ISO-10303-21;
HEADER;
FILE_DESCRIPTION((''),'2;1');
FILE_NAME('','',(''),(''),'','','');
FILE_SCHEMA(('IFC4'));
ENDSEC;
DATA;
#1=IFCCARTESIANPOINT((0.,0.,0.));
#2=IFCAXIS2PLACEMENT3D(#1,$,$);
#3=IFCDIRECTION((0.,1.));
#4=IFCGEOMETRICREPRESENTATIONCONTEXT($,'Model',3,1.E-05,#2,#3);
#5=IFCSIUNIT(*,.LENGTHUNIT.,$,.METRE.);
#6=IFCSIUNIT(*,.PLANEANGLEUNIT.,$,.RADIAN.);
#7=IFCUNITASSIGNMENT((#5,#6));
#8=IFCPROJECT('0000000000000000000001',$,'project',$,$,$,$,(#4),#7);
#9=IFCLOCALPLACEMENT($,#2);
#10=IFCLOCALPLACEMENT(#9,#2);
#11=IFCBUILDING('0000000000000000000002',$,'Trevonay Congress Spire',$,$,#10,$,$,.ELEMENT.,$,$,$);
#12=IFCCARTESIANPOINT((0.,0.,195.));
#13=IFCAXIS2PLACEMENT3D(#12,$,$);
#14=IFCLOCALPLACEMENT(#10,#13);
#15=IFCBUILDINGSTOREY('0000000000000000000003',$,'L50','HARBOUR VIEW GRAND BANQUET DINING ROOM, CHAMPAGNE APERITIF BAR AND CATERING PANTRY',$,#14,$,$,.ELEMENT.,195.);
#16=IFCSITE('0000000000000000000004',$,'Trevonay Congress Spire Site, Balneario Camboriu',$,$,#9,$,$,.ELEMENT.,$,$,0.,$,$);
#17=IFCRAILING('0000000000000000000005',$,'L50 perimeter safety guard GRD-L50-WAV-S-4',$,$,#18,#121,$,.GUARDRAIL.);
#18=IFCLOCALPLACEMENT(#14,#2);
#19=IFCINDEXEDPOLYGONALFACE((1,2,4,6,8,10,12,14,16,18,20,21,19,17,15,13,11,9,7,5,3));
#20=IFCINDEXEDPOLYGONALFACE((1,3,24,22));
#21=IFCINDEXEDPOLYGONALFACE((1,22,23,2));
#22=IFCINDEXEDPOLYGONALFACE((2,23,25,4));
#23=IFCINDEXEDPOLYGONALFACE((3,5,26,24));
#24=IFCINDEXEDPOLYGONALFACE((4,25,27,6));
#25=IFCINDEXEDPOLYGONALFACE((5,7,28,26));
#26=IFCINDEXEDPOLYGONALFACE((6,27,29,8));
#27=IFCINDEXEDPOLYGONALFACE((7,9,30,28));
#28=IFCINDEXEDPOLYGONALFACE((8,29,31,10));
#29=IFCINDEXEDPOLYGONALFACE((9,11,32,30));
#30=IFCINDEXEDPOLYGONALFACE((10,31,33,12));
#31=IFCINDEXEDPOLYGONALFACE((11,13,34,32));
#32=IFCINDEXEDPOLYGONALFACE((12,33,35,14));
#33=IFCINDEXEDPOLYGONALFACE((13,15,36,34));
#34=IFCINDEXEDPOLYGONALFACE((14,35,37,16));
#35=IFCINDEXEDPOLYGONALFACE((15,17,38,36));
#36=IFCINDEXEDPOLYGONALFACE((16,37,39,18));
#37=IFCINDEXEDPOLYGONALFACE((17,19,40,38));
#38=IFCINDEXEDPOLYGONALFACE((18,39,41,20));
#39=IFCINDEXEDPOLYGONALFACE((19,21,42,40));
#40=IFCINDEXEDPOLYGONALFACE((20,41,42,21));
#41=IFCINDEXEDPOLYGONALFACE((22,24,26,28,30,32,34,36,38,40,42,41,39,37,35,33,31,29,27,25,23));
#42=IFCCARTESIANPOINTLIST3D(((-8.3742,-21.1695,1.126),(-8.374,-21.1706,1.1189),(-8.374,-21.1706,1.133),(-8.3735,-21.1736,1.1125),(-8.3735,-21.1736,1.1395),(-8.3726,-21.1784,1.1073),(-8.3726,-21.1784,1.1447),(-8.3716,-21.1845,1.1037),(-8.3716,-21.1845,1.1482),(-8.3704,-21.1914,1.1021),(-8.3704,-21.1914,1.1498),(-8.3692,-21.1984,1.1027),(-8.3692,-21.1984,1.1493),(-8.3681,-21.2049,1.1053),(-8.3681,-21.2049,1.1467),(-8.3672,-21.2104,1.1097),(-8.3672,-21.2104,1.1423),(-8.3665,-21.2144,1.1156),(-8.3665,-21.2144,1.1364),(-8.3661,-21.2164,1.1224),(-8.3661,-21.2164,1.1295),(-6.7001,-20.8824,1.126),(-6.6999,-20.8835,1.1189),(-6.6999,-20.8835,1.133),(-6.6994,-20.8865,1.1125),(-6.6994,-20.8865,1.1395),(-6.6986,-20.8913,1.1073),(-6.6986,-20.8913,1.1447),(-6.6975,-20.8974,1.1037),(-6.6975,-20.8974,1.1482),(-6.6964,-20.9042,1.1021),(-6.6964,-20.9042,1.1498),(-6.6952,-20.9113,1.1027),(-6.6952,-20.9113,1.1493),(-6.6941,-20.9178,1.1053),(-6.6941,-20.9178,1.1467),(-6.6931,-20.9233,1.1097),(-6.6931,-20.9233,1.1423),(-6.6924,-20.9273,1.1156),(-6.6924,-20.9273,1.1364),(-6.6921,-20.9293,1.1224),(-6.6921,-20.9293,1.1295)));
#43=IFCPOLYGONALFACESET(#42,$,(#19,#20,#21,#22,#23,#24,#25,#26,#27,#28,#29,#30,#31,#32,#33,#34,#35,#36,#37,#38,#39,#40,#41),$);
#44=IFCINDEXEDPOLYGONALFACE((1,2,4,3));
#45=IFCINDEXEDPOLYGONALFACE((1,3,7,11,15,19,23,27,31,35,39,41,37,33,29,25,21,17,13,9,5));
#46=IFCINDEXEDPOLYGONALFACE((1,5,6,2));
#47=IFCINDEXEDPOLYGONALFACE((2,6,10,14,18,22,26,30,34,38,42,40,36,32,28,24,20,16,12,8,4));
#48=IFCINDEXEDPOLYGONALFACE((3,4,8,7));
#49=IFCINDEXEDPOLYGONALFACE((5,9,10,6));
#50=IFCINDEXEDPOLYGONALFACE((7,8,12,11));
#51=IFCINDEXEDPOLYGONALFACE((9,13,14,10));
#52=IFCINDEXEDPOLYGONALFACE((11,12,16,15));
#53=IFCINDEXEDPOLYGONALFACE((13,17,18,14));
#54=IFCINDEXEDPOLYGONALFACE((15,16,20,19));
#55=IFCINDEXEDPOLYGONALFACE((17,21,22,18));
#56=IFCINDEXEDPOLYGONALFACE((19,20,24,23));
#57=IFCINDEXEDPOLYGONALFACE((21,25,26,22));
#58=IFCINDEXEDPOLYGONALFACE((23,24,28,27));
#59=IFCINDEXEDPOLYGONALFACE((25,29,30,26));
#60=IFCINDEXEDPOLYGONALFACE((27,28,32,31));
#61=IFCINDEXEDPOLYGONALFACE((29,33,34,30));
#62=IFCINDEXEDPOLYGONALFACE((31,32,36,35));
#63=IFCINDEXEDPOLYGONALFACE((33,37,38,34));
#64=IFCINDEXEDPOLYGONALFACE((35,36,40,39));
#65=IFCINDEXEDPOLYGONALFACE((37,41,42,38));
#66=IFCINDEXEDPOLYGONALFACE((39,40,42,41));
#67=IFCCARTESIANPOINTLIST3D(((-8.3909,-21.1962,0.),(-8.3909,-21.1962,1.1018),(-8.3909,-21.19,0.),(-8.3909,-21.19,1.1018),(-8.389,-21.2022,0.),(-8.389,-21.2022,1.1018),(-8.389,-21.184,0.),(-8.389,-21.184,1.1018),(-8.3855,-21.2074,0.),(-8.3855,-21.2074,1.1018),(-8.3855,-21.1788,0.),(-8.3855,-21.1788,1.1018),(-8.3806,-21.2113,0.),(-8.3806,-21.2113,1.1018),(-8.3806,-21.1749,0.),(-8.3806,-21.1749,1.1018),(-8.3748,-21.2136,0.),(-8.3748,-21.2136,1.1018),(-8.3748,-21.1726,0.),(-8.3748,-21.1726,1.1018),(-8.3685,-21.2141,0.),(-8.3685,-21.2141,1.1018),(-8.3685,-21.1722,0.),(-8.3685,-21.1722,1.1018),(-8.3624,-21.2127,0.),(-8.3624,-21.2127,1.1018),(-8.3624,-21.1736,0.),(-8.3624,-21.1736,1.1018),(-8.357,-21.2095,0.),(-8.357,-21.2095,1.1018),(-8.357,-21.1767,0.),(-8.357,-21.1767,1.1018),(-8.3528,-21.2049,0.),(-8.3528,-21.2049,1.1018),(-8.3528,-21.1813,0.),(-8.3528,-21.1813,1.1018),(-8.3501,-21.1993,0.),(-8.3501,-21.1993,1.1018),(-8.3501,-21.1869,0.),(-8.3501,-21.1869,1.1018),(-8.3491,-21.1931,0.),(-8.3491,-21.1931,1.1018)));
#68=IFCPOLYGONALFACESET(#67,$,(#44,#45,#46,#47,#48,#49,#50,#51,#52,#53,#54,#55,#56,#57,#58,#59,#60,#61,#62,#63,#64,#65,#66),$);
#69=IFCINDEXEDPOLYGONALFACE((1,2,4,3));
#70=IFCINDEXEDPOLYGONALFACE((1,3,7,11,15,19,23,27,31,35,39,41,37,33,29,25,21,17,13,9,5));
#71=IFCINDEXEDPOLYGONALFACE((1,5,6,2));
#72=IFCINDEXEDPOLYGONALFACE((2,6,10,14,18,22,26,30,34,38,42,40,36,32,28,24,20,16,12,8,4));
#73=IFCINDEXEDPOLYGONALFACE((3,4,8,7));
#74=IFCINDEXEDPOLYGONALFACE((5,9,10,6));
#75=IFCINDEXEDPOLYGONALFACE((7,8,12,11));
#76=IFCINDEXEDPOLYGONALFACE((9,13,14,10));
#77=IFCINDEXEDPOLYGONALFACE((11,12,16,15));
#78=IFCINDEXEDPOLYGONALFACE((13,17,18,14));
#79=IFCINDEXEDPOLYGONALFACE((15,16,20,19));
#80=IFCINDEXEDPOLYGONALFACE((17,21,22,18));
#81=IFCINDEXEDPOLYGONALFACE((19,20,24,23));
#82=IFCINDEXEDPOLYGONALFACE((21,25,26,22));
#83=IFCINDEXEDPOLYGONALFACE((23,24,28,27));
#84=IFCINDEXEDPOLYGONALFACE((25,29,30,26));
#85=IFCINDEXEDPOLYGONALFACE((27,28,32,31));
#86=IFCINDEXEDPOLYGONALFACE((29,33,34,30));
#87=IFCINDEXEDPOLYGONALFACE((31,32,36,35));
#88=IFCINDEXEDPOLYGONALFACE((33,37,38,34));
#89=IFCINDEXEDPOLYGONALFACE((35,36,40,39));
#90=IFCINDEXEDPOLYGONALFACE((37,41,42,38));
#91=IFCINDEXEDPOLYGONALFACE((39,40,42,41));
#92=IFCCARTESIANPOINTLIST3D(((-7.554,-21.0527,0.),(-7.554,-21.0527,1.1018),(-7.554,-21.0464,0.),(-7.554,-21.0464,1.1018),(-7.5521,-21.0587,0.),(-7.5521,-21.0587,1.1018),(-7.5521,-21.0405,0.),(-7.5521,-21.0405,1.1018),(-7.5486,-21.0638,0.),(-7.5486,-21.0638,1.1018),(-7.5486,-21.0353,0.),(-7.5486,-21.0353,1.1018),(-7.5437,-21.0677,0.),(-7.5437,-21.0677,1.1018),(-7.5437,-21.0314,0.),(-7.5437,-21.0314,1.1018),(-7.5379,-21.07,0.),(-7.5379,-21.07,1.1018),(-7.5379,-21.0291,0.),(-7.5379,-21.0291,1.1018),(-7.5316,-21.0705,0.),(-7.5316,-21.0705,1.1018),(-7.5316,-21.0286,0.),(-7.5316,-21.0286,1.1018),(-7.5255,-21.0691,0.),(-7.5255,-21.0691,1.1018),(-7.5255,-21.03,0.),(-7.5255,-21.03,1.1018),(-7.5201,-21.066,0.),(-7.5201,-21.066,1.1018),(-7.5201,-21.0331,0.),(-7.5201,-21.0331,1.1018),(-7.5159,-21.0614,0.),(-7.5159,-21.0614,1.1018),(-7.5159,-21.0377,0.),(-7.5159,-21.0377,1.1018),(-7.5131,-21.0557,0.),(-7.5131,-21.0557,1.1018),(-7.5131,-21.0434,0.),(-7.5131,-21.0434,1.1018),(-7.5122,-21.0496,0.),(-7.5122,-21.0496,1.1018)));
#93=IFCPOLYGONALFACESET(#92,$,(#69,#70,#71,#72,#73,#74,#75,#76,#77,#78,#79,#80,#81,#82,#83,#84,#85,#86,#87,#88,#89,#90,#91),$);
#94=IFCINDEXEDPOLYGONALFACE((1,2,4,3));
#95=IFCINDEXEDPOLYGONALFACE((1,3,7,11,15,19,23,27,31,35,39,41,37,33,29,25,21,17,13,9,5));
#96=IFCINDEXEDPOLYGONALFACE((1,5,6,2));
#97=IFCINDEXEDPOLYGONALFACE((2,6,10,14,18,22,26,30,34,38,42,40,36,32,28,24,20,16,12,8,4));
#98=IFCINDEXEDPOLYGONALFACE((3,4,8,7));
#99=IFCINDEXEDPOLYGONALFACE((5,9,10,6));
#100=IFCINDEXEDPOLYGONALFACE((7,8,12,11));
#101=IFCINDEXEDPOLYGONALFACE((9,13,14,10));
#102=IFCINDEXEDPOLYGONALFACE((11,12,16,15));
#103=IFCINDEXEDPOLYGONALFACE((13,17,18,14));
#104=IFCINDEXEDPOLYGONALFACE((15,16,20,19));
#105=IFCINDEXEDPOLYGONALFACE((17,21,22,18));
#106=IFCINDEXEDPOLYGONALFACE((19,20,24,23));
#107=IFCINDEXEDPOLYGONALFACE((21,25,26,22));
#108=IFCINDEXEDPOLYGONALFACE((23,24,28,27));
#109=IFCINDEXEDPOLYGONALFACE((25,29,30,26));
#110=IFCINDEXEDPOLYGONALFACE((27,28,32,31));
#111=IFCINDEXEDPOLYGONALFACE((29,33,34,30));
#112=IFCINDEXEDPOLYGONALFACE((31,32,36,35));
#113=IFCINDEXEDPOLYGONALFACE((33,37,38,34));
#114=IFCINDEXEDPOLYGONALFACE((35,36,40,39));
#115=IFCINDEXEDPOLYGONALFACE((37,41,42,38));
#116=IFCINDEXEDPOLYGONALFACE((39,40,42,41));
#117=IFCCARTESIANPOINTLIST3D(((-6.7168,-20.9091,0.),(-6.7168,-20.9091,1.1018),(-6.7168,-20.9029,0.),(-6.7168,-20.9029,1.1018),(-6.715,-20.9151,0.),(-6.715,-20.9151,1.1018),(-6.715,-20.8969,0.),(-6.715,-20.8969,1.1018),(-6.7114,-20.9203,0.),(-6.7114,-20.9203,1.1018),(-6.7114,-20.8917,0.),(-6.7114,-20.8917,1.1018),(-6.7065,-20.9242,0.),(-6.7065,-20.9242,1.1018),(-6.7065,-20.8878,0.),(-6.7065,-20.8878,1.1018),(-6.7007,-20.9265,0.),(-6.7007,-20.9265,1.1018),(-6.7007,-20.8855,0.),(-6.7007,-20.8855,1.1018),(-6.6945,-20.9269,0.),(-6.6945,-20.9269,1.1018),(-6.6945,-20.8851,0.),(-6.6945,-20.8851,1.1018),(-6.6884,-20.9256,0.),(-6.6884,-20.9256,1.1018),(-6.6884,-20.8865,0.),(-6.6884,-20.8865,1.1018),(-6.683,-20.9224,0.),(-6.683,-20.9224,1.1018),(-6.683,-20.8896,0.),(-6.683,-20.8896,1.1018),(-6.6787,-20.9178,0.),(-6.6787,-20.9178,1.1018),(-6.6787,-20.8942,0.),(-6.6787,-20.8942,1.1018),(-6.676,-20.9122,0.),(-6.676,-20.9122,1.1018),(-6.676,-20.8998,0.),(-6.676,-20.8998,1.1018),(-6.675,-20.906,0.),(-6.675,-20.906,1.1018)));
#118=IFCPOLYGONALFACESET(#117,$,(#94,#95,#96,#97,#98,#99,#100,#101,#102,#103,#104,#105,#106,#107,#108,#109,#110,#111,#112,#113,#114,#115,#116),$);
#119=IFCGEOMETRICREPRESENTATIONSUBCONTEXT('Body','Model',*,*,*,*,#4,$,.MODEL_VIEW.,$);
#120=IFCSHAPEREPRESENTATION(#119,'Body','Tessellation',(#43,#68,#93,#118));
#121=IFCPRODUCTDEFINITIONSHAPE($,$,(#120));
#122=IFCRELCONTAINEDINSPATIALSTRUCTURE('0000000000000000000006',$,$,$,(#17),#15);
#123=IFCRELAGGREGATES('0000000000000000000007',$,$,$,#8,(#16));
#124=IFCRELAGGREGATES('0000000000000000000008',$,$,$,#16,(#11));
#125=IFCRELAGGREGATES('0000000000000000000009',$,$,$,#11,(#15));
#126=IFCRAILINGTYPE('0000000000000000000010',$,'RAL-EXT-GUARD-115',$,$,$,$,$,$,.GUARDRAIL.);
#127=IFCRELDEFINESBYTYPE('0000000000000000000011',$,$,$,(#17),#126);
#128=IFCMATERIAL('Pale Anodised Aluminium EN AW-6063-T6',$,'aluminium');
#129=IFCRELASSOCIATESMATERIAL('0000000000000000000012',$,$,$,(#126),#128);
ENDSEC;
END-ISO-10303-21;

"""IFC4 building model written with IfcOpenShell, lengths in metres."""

from ifc_helpers import new_model, si_unit, direction, frame, origin, origin_2d, place, context, subcontext, project, spatial, circle, extrude, material, type_object, element, save


model = new_model("IFC4")

# Units and contexts
model_context = context("Model", 3, precision=1e-05, world=origin(), true_north=direction((0.0, 1.0)))
body_context = subcontext(model_context, "Body", "Model", "MODEL_VIEW")
ifc_project = project(units=[si_unit("LENGTHUNIT", "METRE"), si_unit("PLANEANGLEUNIT", "RADIAN")], contexts=[model_context])

# Site, building, storey
site_placement = place(None, origin())
site = spatial("IfcSite", under=ifc_project, at=site_placement, Name="Trevonay Congress Spire Site, Balneario Camboriu", CompositionType="ELEMENT", RefElevation=0.0)
building_placement = place(site_placement, origin())
building = spatial("IfcBuilding", under=site, at=building_placement, Name="Trevonay Congress Spire", CompositionType="ELEMENT")
storey_placement = place(building_placement, frame((0.0, 0.0, 195.0)))
storey = spatial("IfcBuildingStorey", under=building, at=storey_placement, Name="L50", Description="HARBOUR VIEW GRAND BANQUET DINING ROOM, CHAMPAGNE APERITIF BAR AND CATERING PANTRY", CompositionType="ELEMENT", Elevation=195.0)

# Shared definitions
ifc_material_1 = material(Name="Pale Anodised Aluminium EN AW-6063-T6", Category="aluminium")

# Railing
railing_type = type_object("IfcRailingType", Name="RAL-EXT-GUARD-115", PredefinedType="GUARDRAIL", material=ifc_material_1)
railing_1_placement = place(storey_placement, frame((-8.3701, -21.1931, 0.0)))
element("IfcRailing", 1, at=railing_1_placement, inside=storey, type_object=railing_type, Name="L50 perimeter safety guard GRD-L50-WAV-S-4", PredefinedType="GUARDRAIL", context=body_context, shape_type="SweptSolid", body=[
    extrude(circle(Radius=0.0239, at=origin_2d()), frame((0.0, 0.0, 1.126), z_axis=(0.98561, 0.169036, 0.0), x_axis=(-0.169036, 0.98561, 0.0)), (0.0, 0.0, 1.0), 1.6985),
    extrude(circle(Radius=0.021, at=origin_2d()), origin(), (0.0, 0.0, 1.0), 1.1018),
    extrude(circle(Radius=0.021, at=origin_2d()), frame((0.8369, 0.1436, 0.0)), (0.0, 0.0, 1.0), 1.1018),
    extrude(circle(Radius=0.021, at=origin_2d()), frame((1.6741, 0.2871, 0.0)), (0.0, 0.0, 1.0), 1.1018),
])

save(model, "model.ifc")
